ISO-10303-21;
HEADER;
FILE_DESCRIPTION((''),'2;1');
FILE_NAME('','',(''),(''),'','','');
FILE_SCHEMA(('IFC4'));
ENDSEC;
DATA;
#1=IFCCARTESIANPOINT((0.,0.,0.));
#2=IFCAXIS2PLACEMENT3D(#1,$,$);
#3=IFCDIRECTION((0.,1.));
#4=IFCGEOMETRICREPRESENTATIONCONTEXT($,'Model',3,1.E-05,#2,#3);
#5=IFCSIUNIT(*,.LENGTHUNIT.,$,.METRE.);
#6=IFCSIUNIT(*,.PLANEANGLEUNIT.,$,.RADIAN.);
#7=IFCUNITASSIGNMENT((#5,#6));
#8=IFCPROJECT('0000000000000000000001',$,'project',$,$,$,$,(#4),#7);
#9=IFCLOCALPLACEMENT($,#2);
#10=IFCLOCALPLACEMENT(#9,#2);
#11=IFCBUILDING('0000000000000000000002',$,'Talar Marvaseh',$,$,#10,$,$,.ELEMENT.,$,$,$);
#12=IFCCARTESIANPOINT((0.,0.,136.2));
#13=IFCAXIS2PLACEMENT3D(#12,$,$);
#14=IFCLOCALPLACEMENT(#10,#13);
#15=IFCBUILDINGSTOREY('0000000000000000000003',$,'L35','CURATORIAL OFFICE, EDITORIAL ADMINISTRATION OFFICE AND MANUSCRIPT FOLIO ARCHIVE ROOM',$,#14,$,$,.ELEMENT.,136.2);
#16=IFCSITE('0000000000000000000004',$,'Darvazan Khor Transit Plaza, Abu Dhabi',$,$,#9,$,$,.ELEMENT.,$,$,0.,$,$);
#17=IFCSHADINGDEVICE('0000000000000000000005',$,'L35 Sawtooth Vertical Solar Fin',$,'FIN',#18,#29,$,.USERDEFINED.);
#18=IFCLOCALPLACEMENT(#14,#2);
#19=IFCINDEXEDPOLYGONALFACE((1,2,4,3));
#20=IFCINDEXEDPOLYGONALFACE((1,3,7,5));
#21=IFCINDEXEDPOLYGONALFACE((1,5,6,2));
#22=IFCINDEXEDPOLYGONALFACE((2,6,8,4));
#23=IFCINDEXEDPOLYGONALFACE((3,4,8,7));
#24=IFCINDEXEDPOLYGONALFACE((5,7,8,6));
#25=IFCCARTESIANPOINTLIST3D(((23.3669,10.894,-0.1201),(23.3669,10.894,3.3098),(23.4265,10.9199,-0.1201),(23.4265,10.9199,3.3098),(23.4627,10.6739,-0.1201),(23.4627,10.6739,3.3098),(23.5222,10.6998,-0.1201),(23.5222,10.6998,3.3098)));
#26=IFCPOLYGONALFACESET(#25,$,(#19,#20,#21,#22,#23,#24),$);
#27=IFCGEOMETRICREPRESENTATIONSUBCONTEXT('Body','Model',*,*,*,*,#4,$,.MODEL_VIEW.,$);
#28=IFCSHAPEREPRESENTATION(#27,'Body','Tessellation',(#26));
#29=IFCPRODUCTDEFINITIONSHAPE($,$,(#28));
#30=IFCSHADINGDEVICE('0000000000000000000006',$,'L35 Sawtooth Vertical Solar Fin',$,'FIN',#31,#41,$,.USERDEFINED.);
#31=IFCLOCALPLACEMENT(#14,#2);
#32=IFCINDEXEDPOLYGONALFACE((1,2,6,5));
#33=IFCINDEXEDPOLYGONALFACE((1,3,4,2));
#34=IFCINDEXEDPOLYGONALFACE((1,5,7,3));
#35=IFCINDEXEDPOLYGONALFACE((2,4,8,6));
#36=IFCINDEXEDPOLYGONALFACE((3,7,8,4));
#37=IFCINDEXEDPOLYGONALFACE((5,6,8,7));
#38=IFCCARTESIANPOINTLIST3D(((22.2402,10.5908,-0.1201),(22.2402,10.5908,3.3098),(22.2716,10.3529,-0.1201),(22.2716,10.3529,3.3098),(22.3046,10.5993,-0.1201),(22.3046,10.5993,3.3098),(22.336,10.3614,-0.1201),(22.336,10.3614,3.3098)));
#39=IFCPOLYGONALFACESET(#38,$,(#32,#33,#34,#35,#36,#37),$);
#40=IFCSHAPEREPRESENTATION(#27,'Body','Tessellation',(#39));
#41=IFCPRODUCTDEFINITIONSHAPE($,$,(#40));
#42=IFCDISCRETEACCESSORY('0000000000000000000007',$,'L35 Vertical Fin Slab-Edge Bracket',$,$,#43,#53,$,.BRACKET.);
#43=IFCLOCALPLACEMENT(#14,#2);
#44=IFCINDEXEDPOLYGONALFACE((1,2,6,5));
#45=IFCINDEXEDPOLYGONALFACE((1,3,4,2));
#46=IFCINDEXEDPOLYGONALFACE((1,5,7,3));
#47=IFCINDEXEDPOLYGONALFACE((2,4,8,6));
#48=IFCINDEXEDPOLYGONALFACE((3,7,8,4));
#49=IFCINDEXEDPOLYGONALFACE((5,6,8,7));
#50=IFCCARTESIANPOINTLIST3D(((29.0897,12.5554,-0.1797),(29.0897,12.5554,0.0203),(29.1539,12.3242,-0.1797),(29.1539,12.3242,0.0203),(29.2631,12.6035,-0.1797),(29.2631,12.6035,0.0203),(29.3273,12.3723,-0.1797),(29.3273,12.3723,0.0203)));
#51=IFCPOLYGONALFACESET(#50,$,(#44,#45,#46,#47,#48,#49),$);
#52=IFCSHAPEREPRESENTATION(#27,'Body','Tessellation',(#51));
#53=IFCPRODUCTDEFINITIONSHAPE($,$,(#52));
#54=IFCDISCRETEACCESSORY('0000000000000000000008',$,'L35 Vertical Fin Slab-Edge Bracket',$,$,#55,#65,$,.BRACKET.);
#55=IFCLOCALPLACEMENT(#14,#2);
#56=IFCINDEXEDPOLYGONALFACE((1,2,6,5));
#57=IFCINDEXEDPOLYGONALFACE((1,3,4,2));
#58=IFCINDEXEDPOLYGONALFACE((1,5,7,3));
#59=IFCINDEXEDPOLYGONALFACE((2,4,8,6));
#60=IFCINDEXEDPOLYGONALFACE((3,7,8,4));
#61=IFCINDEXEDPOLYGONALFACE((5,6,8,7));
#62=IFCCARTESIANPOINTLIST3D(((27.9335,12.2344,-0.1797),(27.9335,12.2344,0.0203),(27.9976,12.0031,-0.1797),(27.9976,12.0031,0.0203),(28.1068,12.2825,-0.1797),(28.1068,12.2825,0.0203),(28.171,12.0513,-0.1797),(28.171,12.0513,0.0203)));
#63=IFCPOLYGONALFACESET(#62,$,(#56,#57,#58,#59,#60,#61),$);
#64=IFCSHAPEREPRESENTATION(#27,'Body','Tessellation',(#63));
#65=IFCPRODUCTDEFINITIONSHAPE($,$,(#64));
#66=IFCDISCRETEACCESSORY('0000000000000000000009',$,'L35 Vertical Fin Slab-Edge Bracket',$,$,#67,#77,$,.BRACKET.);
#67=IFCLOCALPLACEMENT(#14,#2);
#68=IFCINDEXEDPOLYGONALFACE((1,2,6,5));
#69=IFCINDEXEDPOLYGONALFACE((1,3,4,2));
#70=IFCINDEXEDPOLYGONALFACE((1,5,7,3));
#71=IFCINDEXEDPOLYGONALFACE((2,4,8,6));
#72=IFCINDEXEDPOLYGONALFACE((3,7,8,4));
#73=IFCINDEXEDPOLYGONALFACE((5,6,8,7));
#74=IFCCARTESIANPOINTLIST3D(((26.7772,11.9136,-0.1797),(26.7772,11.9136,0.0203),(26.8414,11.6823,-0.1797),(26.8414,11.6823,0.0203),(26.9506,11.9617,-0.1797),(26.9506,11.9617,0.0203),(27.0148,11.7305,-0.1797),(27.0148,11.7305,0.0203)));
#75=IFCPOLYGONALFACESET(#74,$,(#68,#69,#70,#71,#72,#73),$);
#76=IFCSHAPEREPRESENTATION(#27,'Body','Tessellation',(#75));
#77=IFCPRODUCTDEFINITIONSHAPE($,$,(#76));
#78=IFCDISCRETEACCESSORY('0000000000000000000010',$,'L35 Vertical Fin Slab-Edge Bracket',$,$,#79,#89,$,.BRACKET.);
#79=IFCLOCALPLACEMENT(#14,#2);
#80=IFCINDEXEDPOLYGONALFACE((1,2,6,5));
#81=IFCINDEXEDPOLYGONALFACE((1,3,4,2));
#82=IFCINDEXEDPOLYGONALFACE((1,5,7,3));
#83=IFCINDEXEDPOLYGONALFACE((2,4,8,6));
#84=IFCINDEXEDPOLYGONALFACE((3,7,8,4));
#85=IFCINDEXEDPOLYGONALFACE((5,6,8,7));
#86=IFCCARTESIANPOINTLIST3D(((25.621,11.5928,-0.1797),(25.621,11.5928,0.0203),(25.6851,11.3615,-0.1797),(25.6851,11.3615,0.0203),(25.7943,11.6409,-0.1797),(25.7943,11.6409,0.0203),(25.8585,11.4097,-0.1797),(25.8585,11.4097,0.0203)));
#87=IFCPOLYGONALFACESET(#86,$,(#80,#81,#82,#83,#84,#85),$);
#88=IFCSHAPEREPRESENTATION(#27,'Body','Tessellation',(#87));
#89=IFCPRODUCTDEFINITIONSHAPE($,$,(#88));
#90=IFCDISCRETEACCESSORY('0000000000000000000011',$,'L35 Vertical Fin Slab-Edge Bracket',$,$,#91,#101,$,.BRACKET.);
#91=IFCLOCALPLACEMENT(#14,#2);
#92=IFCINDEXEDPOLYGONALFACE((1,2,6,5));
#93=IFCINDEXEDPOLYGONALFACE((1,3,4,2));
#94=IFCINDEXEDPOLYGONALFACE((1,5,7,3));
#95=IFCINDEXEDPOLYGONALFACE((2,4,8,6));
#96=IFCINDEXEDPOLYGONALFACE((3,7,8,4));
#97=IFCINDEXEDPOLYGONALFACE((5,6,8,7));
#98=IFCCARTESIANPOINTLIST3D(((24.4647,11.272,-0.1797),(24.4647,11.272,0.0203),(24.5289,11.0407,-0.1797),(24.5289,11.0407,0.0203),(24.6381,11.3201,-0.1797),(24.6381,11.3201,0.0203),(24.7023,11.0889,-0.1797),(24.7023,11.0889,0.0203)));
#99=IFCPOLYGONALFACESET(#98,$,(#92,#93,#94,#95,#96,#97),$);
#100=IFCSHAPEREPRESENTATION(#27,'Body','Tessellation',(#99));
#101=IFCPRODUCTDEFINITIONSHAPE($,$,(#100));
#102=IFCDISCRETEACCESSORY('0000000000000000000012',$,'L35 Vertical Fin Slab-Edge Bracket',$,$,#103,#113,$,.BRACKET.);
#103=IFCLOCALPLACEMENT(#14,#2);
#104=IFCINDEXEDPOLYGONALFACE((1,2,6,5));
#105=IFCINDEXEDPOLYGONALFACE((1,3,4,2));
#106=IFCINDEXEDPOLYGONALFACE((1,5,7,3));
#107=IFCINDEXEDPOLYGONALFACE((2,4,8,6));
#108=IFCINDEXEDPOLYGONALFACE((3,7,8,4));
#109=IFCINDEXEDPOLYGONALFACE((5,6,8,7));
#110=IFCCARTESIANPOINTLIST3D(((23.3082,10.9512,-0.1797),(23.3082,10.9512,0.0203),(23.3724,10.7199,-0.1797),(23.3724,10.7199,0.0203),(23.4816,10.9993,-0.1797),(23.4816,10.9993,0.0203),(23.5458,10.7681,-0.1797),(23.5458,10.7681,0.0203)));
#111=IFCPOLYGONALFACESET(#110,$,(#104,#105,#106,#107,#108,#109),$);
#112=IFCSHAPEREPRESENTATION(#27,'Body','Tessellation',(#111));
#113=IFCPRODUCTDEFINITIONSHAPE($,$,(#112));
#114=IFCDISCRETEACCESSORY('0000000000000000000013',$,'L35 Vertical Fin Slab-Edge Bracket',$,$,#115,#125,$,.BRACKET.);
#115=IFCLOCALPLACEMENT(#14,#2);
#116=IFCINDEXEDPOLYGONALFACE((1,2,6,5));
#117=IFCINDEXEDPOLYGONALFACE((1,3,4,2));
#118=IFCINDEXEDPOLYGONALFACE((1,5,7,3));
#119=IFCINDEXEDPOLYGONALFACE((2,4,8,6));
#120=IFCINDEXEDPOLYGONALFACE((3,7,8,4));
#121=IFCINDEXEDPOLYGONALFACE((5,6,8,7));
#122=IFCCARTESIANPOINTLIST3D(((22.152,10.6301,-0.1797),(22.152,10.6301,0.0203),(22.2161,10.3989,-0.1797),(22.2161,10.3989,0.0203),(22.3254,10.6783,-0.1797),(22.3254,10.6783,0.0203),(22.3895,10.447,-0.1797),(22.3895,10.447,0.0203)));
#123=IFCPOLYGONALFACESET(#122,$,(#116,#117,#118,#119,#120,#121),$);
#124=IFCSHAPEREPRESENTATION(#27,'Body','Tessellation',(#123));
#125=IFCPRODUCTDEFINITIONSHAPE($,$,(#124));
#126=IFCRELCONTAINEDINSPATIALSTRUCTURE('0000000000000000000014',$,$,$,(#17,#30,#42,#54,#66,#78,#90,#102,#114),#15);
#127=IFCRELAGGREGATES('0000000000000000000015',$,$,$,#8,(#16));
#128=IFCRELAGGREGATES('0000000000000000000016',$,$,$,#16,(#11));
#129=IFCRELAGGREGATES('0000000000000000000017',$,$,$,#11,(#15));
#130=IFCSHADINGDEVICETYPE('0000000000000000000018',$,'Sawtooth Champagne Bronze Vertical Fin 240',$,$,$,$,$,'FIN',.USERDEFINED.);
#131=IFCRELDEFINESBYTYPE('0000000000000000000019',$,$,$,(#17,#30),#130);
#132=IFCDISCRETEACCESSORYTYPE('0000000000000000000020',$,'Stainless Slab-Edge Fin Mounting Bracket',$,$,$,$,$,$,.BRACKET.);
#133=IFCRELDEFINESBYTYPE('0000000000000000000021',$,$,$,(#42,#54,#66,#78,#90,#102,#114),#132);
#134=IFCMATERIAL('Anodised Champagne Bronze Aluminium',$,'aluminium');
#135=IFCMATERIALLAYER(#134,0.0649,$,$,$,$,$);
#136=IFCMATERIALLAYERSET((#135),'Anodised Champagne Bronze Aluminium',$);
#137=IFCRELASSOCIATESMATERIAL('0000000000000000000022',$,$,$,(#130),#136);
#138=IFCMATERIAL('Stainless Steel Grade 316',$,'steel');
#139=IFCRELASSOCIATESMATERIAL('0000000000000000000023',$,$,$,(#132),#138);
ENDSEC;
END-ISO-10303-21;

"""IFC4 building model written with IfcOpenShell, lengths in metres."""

from ifc_helpers import new_model, si_unit, direction, frame, origin, origin_2d, place, context, subcontext, project, spatial, rectangle, extrude, source, transform, mapped, material, layer, layer_set, type_object, type_shapes, element, save


model = new_model("IFC4")

# Units and contexts
model_context = context("Model", 3, precision=1e-05, world=origin(), true_north=direction((0.0, 1.0)))
body_context = subcontext(model_context, "Body", "Model", "MODEL_VIEW")
ifc_project = project(units=[si_unit("LENGTHUNIT", "METRE"), si_unit("PLANEANGLEUNIT", "RADIAN")], contexts=[model_context])

# Site, building, storey
site_placement = place(None, origin())
site = spatial("IfcSite", under=ifc_project, at=site_placement, Name="Darvazan Khor Transit Plaza, Abu Dhabi", CompositionType="ELEMENT", RefElevation=0.0)
building_placement = place(site_placement, origin())
building = spatial("IfcBuilding", under=site, at=building_placement, Name="Talar Marvaseh", CompositionType="ELEMENT")
storey_placement = place(building_placement, frame((0.0, 0.0, 136.2)))
storey = spatial("IfcBuildingStorey", under=building, at=storey_placement, Name="L35", Description="CURATORIAL OFFICE, EDITORIAL ADMINISTRATION OFFICE AND MANUSCRIPT FOLIO ARCHIVE ROOM", CompositionType="ELEMENT", Elevation=136.2)

# Shading devices
ifc_material_1 = material(Name="Anodised Champagne Bronze Aluminium", Category="aluminium")
ifc_layer_1 = layer(ifc_material_1, 0.0649)
ifc_layer_set_1 = layer_set([ifc_layer_1], Name="Anodised Champagne Bronze Aluminium")
shading_device_type = type_object("IfcShadingDeviceType", Name="Sawtooth Champagne Bronze Vertical Fin 240", ElementType="FIN", PredefinedType="USERDEFINED", material=ifc_layer_set_1)
shared_shape_1 = source(origin(), body_context, "Body", "SweptSolid", [
    extrude(rectangle(XDim=0.24, YDim=0.0649, at=origin_2d()), origin(), (0.0, 0.0, 1.0), 3.4299),
])
type_shapes(shading_device_type, [shared_shape_1])
for number, where, z_axis, x_axis, name in (
    (1, (23.4446, 10.7969, -0.1201), (0.0, 0.0, 1.0), (0.398909, -0.91699, 0.0), "L35 Sawtooth Vertical Solar Fin"),
    (2, (22.2881, 10.4761, -0.1201), (0.0, 0.0, 1.0), (0.130699, -0.991422, 0.0), "L35 Sawtooth Vertical Solar Fin"),
):
    element("IfcShadingDevice", number, at=place(storey_placement, frame(where, z_axis=z_axis, x_axis=x_axis)), inside=storey, type_object=shading_device_type, Name=name, ObjectType="FIN", PredefinedType="USERDEFINED", context=body_context, shape_type="MappedRepresentation", body=[
        mapped(shared_shape_1, transform((0.0, 0.0, 0.0), x_axis=(1.0, 0.0, 0.0), y_axis=(0.0, 1.0, 0.0), z_axis=(0.0, 0.0, 1.0), scale=1.0)),
    ])

# Discrete accessories
ifc_material_2 = material(Name="Stainless Steel Grade 316", Category="steel")
discrete_accessory_type = type_object("IfcDiscreteAccessoryType", Name="Stainless Slab-Edge Fin Mounting Bracket", PredefinedType="BRACKET", material=ifc_material_2)
shared_shape_2 = source(origin(), body_context, "Body", "SweptSolid", [
    extrude(rectangle(XDim=0.24, YDim=0.1799, at=origin_2d()), origin(), (0.0, 0.0, 1.0), 0.2),
])
type_shapes(discrete_accessory_type, [shared_shape_2])
for number, where, z_axis, x_axis, name in (
    (3, (29.2085, 12.4639, -0.1797), (0.0, 0.0, 1.0), (0.267407, -0.963584, 0.0), "L35 Vertical Fin Slab-Edge Bracket"),
    (4, (28.0522, 12.1428, -0.1797), (0.0, 0.0, 1.0), (0.267407, -0.963584, 0.0), "L35 Vertical Fin Slab-Edge Bracket"),
    (5, (26.896, 11.822, -0.1797), (0.0, 0.0, 1.0), (0.267407, -0.963584, 0.0), "L35 Vertical Fin Slab-Edge Bracket"),
    (6, (25.7397, 11.5012, -0.1797), (0.0, 0.0, 1.0), (0.267407, -0.963584, 0.0), "L35 Vertical Fin Slab-Edge Bracket"),
    (7, (24.5835, 11.1804, -0.1797), (0.0, 0.0, 1.0), (0.267407, -0.963584, 0.0), "L35 Vertical Fin Slab-Edge Bracket"),
    (8, (23.427, 10.8596, -0.1797), (0.0, 0.0, 1.0), (0.267407, -0.963584, 0.0), "L35 Vertical Fin Slab-Edge Bracket"),
    (9, (22.2708, 10.5386, -0.1797), (0.0, 0.0, 1.0), (0.267407, -0.963584, 0.0), "L35 Vertical Fin Slab-Edge Bracket"),
):
    element("IfcDiscreteAccessory", number, at=place(storey_placement, frame(where, z_axis=z_axis, x_axis=x_axis)), inside=storey, type_object=discrete_accessory_type, Name=name, PredefinedType="BRACKET", context=body_context, shape_type="MappedRepresentation", body=[
        mapped(shared_shape_2, transform((0.0, 0.0, 0.0), x_axis=(1.0, 0.0, 0.0), y_axis=(0.0, 1.0, 0.0), z_axis=(0.0, 0.0, 1.0), scale=1.0)),
    ])

save(model, "model.ifc")
